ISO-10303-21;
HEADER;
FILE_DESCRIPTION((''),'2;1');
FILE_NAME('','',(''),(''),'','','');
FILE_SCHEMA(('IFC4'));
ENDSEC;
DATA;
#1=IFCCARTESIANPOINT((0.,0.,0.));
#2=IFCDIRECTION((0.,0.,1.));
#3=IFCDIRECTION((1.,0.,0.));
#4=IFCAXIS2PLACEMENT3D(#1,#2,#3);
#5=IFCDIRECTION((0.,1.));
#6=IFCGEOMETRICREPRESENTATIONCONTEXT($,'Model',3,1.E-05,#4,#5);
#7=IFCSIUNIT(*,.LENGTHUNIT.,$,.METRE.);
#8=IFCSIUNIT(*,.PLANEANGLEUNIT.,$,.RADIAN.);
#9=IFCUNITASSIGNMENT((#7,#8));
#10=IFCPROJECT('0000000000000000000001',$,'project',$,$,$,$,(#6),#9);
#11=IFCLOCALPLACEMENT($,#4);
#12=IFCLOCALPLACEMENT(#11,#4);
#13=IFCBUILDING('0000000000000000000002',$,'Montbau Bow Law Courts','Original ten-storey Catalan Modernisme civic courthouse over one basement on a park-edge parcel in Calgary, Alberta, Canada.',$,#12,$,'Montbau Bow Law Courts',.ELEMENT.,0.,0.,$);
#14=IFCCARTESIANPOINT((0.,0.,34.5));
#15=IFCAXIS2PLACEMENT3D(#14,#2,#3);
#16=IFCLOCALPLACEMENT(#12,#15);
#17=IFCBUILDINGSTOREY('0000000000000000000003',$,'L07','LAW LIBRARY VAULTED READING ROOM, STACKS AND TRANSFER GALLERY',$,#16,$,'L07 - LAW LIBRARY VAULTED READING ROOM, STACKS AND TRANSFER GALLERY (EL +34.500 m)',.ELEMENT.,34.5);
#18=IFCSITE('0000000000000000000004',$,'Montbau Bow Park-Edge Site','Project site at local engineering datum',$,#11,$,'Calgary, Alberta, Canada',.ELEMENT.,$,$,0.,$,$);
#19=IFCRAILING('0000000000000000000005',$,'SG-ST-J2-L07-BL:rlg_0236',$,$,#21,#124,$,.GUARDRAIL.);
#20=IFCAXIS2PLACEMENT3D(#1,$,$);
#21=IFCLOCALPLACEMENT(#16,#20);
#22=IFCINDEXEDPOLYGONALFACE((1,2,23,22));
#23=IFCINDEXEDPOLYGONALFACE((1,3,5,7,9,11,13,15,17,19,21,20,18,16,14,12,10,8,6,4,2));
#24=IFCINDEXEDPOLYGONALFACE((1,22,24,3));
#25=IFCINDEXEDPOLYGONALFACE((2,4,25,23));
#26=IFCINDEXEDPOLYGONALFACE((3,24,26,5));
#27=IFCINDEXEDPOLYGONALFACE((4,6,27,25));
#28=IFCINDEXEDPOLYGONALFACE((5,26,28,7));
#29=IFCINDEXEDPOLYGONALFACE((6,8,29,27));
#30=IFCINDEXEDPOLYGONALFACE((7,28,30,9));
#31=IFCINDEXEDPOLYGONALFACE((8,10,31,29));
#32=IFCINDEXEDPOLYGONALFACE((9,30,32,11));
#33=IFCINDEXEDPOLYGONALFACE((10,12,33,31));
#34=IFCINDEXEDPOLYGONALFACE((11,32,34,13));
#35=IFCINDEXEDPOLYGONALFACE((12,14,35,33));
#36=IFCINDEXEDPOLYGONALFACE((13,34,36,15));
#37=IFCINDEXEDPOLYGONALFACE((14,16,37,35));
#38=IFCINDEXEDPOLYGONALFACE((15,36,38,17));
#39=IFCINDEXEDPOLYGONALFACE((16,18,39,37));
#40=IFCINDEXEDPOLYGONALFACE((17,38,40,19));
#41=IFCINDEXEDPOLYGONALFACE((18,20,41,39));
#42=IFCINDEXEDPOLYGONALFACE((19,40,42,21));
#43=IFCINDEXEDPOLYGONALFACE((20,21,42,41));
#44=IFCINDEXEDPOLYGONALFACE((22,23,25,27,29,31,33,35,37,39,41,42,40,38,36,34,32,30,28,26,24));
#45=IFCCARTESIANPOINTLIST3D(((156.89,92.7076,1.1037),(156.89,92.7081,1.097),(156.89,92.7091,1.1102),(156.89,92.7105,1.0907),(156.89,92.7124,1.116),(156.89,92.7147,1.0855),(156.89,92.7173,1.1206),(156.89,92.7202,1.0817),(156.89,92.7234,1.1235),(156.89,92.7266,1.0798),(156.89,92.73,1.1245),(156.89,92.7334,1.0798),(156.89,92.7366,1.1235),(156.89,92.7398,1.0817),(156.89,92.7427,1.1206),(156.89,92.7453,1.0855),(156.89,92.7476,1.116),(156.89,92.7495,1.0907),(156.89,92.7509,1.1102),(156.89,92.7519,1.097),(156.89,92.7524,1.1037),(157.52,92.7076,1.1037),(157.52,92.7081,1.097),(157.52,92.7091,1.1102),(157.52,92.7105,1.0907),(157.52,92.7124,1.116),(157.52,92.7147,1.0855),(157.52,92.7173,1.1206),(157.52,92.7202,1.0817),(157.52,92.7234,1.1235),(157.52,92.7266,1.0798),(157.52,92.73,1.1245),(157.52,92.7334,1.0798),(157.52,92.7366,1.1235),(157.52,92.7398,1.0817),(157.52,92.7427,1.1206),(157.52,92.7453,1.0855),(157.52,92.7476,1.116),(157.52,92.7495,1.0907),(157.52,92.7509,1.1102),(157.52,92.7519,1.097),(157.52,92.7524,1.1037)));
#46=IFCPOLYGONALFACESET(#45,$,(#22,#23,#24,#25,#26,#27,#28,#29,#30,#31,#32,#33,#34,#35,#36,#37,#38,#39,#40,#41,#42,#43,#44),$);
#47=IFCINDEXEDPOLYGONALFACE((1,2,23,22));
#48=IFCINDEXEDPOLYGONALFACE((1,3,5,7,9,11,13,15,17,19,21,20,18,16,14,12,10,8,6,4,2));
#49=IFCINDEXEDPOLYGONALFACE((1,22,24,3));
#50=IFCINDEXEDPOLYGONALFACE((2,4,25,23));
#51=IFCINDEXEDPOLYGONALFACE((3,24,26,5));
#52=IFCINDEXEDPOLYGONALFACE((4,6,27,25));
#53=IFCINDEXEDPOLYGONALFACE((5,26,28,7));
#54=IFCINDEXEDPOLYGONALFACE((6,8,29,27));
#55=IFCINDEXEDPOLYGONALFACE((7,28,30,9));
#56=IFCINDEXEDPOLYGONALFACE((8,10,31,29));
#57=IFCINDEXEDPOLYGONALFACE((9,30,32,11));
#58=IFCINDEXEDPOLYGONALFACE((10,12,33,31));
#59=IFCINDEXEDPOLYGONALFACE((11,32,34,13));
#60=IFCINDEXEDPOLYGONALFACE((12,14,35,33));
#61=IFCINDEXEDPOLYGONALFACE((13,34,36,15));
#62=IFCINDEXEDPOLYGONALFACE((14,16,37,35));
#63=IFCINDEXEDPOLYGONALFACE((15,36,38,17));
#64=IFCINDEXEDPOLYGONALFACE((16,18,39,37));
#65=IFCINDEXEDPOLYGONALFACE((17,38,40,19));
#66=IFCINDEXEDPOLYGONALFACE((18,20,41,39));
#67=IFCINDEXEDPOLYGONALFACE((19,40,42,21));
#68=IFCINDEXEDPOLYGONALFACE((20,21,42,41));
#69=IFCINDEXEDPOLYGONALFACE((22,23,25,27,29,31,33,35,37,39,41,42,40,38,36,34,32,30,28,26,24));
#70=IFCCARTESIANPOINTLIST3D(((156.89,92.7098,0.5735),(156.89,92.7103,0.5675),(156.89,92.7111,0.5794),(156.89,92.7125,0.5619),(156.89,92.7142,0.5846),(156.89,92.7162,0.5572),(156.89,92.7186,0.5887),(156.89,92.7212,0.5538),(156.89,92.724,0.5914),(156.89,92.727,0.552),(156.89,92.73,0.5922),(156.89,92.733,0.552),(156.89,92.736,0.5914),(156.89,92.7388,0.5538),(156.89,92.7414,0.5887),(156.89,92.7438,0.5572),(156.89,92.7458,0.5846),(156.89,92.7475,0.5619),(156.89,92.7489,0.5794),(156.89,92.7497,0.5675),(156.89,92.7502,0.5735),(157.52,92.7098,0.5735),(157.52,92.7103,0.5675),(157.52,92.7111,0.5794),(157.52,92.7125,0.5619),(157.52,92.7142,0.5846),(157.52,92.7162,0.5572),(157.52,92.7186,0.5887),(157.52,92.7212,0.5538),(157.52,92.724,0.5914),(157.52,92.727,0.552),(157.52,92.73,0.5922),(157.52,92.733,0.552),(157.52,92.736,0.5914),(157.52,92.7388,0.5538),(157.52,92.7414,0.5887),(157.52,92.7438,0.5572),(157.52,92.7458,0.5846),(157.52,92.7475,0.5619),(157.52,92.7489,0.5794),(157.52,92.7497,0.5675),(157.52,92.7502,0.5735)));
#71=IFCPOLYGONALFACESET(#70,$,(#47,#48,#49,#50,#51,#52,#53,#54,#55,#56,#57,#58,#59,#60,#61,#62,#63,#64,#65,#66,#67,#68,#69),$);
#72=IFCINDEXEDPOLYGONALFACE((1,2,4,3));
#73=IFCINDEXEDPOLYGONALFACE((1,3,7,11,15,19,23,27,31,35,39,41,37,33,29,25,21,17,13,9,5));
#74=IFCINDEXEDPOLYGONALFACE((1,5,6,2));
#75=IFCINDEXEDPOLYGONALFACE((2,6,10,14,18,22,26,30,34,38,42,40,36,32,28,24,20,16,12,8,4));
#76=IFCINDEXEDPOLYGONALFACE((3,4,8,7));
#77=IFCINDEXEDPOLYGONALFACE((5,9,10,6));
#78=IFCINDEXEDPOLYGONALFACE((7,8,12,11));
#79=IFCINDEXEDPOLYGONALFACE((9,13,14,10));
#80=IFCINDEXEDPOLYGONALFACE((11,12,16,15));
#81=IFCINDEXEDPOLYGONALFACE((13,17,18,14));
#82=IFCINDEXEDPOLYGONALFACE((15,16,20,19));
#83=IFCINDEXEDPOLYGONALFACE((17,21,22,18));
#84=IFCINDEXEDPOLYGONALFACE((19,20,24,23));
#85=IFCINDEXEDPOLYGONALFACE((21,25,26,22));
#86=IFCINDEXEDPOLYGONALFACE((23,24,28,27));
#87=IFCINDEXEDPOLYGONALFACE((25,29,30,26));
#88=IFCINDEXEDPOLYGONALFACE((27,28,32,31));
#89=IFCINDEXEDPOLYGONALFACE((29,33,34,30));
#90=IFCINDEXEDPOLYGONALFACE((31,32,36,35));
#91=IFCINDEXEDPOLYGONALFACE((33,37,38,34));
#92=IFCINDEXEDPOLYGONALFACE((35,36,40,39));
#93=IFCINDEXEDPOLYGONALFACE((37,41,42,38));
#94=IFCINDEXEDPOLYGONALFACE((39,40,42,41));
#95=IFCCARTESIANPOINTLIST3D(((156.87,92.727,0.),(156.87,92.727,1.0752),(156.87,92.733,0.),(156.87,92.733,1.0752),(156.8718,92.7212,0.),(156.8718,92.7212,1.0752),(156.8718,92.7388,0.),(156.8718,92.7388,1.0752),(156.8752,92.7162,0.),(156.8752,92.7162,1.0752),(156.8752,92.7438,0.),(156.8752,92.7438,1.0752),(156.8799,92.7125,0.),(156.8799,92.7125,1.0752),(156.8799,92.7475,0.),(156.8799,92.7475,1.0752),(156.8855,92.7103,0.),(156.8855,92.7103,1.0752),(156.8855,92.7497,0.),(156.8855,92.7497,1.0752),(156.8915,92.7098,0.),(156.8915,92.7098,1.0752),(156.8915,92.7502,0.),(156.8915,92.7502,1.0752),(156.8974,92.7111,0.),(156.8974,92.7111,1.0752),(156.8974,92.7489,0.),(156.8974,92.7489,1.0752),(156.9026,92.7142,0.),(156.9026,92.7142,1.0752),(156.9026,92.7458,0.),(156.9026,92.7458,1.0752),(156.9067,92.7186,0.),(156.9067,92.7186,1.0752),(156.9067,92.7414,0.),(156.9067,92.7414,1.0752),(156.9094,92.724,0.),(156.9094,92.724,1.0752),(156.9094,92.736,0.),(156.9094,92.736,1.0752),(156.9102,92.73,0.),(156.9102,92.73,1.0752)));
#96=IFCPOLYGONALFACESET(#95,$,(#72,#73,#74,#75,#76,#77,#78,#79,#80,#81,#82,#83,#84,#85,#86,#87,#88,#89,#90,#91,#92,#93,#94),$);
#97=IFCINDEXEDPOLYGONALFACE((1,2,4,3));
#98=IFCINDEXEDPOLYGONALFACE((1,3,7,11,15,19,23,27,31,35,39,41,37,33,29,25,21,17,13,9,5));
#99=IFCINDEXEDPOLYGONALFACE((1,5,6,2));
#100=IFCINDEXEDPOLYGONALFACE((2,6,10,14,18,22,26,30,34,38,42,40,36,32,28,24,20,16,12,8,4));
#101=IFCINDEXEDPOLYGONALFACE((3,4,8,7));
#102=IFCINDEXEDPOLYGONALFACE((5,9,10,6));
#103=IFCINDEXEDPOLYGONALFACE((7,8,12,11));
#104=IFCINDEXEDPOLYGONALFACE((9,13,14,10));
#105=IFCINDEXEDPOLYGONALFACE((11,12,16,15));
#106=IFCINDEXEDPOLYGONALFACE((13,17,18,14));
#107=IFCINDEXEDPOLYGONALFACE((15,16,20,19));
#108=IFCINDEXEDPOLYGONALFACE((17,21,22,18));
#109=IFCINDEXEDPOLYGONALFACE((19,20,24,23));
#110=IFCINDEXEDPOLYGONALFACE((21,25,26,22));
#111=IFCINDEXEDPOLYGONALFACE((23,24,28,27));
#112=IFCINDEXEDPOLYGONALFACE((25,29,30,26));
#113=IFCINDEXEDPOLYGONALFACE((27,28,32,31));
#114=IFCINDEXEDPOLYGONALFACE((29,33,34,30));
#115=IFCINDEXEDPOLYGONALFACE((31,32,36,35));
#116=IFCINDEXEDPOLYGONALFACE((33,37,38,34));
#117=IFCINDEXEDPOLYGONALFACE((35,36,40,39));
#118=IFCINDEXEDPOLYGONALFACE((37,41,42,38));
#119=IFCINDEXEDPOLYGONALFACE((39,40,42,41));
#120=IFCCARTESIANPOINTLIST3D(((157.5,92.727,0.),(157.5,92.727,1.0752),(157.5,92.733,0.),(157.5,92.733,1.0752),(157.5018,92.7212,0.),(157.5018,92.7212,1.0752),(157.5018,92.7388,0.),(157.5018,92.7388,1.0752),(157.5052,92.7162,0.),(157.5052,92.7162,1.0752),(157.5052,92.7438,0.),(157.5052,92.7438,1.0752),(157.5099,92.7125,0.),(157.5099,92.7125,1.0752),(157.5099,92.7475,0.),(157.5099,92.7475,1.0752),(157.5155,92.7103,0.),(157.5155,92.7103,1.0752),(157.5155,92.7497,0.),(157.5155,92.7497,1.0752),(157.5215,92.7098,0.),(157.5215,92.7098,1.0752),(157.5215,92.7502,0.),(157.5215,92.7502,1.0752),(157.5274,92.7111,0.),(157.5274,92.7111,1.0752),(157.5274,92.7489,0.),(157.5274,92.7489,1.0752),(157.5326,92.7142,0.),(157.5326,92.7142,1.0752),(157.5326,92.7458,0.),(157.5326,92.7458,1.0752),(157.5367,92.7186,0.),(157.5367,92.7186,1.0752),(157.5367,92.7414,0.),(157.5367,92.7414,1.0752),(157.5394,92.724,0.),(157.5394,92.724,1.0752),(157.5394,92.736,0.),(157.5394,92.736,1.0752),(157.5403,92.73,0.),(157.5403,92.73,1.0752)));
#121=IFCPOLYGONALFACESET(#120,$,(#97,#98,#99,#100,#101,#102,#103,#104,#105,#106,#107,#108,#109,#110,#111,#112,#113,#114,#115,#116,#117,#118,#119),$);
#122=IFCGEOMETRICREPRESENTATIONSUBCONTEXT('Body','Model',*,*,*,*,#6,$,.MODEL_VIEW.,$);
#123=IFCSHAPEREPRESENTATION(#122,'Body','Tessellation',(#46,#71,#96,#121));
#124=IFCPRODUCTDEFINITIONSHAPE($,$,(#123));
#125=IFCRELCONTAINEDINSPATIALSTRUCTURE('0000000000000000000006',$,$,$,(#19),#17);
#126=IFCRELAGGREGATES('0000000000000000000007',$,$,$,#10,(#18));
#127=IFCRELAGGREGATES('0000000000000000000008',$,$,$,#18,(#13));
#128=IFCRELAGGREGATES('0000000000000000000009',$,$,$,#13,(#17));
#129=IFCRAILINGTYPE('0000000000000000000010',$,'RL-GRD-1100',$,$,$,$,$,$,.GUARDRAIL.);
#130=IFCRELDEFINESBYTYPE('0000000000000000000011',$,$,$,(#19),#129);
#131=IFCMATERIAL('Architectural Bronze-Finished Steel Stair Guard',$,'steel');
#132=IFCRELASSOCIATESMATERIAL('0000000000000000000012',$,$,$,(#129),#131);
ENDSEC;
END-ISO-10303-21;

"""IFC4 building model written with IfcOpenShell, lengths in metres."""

from ifc_helpers import new_model, si_unit, direction, frame, origin_with_axes, origin_2d_with_axis, place, context, subcontext, project, spatial, circle, extrude, material, type_object, element, save


model = new_model("IFC4")

# Units and contexts
model_context = context("Model", 3, precision=1e-05, world=origin_with_axes(), true_north=direction((0.0, 1.0)))
body_context = subcontext(model_context, "Body", "Model", "MODEL_VIEW")
ifc_project = project(units=[si_unit("LENGTHUNIT", "METRE"), si_unit("PLANEANGLEUNIT", "RADIAN")], contexts=[model_context])

# Site, building, storey
site_placement = place(None, origin_with_axes())
site = spatial("IfcSite", under=ifc_project, at=site_placement, Name="Montbau Bow Park-Edge Site", Description="Project site at local engineering datum", LongName="Calgary, Alberta, Canada", CompositionType="ELEMENT", RefElevation=0.0)
building_placement = place(site_placement, origin_with_axes())
building = spatial("IfcBuilding", under=site, at=building_placement, Name="Montbau Bow Law Courts", Description="Original ten-storey Catalan Modernisme civic courthouse over one basement on a park-edge parcel in Calgary, Alberta, Canada.", LongName="Montbau Bow Law Courts", CompositionType="ELEMENT", ElevationOfRefHeight=0.0, ElevationOfTerrain=0.0)
storey_placement = place(building_placement, frame((0.0, 0.0, 34.5), z_axis=(0.0, 0.0, 1.0), x_axis=(1.0, 0.0, 0.0)))
storey = spatial("IfcBuildingStorey", under=building, at=storey_placement, Name="L07", Description="LAW LIBRARY VAULTED READING ROOM, STACKS AND TRANSFER GALLERY", LongName="L07 - LAW LIBRARY VAULTED READING ROOM, STACKS AND TRANSFER GALLERY (EL +34.500 m)", CompositionType="ELEMENT", Elevation=34.5)

# Railing
ifc_material_1 = material(Name="Architectural Bronze-Finished Steel Stair Guard", Category="steel")
railing_type_1 = type_object("IfcRailingType", Name="RL-GRD-1100", PredefinedType="GUARDRAIL", material=ifc_material_1)
railing_1_placement = place(None, origin_with_axes())
element("IfcRailing", 1, at=railing_1_placement, inside=storey, type_object=railing_type_1, Name="SG-ST-J2-L07-BL:rlg_0236", PredefinedType="GUARDRAIL", context=body_context, shape_type="SweptSolid", body=[
    extrude(circle(Radius=0.0225, at=origin_2d_with_axis()), frame((156.89, 92.73, 35.602), z_axis=(1.0, 0.0, 0.0), x_axis=(0.0, 0.0, 1.0)), (0.0, 0.0, 1.0), 0.63),
    extrude(circle(Radius=0.0203, at=origin_2d_with_axis()), frame((156.89, 92.73, 35.072), z_axis=(1.0, 0.0, 0.0), x_axis=(0.0, 0.0, 1.0)), (0.0, 0.0, 1.0), 0.63),
    extrude(circle(Radius=0.0203, at=origin_2d_with_axis()), frame((156.89, 92.73, 34.5), z_axis=(0.0, 0.0, 1.0), x_axis=(1.0, 0.0, 0.0)), (0.0, 0.0, 1.0), 1.0753),
    extrude(circle(Radius=0.0203, at=origin_2d_with_axis()), frame((157.52, 92.73, 34.5), z_axis=(0.0, 0.0, 1.0), x_axis=(1.0, 0.0, 0.0)), (0.0, 0.0, 1.0), 1.0753),
])

save(model, "model.ifc")
